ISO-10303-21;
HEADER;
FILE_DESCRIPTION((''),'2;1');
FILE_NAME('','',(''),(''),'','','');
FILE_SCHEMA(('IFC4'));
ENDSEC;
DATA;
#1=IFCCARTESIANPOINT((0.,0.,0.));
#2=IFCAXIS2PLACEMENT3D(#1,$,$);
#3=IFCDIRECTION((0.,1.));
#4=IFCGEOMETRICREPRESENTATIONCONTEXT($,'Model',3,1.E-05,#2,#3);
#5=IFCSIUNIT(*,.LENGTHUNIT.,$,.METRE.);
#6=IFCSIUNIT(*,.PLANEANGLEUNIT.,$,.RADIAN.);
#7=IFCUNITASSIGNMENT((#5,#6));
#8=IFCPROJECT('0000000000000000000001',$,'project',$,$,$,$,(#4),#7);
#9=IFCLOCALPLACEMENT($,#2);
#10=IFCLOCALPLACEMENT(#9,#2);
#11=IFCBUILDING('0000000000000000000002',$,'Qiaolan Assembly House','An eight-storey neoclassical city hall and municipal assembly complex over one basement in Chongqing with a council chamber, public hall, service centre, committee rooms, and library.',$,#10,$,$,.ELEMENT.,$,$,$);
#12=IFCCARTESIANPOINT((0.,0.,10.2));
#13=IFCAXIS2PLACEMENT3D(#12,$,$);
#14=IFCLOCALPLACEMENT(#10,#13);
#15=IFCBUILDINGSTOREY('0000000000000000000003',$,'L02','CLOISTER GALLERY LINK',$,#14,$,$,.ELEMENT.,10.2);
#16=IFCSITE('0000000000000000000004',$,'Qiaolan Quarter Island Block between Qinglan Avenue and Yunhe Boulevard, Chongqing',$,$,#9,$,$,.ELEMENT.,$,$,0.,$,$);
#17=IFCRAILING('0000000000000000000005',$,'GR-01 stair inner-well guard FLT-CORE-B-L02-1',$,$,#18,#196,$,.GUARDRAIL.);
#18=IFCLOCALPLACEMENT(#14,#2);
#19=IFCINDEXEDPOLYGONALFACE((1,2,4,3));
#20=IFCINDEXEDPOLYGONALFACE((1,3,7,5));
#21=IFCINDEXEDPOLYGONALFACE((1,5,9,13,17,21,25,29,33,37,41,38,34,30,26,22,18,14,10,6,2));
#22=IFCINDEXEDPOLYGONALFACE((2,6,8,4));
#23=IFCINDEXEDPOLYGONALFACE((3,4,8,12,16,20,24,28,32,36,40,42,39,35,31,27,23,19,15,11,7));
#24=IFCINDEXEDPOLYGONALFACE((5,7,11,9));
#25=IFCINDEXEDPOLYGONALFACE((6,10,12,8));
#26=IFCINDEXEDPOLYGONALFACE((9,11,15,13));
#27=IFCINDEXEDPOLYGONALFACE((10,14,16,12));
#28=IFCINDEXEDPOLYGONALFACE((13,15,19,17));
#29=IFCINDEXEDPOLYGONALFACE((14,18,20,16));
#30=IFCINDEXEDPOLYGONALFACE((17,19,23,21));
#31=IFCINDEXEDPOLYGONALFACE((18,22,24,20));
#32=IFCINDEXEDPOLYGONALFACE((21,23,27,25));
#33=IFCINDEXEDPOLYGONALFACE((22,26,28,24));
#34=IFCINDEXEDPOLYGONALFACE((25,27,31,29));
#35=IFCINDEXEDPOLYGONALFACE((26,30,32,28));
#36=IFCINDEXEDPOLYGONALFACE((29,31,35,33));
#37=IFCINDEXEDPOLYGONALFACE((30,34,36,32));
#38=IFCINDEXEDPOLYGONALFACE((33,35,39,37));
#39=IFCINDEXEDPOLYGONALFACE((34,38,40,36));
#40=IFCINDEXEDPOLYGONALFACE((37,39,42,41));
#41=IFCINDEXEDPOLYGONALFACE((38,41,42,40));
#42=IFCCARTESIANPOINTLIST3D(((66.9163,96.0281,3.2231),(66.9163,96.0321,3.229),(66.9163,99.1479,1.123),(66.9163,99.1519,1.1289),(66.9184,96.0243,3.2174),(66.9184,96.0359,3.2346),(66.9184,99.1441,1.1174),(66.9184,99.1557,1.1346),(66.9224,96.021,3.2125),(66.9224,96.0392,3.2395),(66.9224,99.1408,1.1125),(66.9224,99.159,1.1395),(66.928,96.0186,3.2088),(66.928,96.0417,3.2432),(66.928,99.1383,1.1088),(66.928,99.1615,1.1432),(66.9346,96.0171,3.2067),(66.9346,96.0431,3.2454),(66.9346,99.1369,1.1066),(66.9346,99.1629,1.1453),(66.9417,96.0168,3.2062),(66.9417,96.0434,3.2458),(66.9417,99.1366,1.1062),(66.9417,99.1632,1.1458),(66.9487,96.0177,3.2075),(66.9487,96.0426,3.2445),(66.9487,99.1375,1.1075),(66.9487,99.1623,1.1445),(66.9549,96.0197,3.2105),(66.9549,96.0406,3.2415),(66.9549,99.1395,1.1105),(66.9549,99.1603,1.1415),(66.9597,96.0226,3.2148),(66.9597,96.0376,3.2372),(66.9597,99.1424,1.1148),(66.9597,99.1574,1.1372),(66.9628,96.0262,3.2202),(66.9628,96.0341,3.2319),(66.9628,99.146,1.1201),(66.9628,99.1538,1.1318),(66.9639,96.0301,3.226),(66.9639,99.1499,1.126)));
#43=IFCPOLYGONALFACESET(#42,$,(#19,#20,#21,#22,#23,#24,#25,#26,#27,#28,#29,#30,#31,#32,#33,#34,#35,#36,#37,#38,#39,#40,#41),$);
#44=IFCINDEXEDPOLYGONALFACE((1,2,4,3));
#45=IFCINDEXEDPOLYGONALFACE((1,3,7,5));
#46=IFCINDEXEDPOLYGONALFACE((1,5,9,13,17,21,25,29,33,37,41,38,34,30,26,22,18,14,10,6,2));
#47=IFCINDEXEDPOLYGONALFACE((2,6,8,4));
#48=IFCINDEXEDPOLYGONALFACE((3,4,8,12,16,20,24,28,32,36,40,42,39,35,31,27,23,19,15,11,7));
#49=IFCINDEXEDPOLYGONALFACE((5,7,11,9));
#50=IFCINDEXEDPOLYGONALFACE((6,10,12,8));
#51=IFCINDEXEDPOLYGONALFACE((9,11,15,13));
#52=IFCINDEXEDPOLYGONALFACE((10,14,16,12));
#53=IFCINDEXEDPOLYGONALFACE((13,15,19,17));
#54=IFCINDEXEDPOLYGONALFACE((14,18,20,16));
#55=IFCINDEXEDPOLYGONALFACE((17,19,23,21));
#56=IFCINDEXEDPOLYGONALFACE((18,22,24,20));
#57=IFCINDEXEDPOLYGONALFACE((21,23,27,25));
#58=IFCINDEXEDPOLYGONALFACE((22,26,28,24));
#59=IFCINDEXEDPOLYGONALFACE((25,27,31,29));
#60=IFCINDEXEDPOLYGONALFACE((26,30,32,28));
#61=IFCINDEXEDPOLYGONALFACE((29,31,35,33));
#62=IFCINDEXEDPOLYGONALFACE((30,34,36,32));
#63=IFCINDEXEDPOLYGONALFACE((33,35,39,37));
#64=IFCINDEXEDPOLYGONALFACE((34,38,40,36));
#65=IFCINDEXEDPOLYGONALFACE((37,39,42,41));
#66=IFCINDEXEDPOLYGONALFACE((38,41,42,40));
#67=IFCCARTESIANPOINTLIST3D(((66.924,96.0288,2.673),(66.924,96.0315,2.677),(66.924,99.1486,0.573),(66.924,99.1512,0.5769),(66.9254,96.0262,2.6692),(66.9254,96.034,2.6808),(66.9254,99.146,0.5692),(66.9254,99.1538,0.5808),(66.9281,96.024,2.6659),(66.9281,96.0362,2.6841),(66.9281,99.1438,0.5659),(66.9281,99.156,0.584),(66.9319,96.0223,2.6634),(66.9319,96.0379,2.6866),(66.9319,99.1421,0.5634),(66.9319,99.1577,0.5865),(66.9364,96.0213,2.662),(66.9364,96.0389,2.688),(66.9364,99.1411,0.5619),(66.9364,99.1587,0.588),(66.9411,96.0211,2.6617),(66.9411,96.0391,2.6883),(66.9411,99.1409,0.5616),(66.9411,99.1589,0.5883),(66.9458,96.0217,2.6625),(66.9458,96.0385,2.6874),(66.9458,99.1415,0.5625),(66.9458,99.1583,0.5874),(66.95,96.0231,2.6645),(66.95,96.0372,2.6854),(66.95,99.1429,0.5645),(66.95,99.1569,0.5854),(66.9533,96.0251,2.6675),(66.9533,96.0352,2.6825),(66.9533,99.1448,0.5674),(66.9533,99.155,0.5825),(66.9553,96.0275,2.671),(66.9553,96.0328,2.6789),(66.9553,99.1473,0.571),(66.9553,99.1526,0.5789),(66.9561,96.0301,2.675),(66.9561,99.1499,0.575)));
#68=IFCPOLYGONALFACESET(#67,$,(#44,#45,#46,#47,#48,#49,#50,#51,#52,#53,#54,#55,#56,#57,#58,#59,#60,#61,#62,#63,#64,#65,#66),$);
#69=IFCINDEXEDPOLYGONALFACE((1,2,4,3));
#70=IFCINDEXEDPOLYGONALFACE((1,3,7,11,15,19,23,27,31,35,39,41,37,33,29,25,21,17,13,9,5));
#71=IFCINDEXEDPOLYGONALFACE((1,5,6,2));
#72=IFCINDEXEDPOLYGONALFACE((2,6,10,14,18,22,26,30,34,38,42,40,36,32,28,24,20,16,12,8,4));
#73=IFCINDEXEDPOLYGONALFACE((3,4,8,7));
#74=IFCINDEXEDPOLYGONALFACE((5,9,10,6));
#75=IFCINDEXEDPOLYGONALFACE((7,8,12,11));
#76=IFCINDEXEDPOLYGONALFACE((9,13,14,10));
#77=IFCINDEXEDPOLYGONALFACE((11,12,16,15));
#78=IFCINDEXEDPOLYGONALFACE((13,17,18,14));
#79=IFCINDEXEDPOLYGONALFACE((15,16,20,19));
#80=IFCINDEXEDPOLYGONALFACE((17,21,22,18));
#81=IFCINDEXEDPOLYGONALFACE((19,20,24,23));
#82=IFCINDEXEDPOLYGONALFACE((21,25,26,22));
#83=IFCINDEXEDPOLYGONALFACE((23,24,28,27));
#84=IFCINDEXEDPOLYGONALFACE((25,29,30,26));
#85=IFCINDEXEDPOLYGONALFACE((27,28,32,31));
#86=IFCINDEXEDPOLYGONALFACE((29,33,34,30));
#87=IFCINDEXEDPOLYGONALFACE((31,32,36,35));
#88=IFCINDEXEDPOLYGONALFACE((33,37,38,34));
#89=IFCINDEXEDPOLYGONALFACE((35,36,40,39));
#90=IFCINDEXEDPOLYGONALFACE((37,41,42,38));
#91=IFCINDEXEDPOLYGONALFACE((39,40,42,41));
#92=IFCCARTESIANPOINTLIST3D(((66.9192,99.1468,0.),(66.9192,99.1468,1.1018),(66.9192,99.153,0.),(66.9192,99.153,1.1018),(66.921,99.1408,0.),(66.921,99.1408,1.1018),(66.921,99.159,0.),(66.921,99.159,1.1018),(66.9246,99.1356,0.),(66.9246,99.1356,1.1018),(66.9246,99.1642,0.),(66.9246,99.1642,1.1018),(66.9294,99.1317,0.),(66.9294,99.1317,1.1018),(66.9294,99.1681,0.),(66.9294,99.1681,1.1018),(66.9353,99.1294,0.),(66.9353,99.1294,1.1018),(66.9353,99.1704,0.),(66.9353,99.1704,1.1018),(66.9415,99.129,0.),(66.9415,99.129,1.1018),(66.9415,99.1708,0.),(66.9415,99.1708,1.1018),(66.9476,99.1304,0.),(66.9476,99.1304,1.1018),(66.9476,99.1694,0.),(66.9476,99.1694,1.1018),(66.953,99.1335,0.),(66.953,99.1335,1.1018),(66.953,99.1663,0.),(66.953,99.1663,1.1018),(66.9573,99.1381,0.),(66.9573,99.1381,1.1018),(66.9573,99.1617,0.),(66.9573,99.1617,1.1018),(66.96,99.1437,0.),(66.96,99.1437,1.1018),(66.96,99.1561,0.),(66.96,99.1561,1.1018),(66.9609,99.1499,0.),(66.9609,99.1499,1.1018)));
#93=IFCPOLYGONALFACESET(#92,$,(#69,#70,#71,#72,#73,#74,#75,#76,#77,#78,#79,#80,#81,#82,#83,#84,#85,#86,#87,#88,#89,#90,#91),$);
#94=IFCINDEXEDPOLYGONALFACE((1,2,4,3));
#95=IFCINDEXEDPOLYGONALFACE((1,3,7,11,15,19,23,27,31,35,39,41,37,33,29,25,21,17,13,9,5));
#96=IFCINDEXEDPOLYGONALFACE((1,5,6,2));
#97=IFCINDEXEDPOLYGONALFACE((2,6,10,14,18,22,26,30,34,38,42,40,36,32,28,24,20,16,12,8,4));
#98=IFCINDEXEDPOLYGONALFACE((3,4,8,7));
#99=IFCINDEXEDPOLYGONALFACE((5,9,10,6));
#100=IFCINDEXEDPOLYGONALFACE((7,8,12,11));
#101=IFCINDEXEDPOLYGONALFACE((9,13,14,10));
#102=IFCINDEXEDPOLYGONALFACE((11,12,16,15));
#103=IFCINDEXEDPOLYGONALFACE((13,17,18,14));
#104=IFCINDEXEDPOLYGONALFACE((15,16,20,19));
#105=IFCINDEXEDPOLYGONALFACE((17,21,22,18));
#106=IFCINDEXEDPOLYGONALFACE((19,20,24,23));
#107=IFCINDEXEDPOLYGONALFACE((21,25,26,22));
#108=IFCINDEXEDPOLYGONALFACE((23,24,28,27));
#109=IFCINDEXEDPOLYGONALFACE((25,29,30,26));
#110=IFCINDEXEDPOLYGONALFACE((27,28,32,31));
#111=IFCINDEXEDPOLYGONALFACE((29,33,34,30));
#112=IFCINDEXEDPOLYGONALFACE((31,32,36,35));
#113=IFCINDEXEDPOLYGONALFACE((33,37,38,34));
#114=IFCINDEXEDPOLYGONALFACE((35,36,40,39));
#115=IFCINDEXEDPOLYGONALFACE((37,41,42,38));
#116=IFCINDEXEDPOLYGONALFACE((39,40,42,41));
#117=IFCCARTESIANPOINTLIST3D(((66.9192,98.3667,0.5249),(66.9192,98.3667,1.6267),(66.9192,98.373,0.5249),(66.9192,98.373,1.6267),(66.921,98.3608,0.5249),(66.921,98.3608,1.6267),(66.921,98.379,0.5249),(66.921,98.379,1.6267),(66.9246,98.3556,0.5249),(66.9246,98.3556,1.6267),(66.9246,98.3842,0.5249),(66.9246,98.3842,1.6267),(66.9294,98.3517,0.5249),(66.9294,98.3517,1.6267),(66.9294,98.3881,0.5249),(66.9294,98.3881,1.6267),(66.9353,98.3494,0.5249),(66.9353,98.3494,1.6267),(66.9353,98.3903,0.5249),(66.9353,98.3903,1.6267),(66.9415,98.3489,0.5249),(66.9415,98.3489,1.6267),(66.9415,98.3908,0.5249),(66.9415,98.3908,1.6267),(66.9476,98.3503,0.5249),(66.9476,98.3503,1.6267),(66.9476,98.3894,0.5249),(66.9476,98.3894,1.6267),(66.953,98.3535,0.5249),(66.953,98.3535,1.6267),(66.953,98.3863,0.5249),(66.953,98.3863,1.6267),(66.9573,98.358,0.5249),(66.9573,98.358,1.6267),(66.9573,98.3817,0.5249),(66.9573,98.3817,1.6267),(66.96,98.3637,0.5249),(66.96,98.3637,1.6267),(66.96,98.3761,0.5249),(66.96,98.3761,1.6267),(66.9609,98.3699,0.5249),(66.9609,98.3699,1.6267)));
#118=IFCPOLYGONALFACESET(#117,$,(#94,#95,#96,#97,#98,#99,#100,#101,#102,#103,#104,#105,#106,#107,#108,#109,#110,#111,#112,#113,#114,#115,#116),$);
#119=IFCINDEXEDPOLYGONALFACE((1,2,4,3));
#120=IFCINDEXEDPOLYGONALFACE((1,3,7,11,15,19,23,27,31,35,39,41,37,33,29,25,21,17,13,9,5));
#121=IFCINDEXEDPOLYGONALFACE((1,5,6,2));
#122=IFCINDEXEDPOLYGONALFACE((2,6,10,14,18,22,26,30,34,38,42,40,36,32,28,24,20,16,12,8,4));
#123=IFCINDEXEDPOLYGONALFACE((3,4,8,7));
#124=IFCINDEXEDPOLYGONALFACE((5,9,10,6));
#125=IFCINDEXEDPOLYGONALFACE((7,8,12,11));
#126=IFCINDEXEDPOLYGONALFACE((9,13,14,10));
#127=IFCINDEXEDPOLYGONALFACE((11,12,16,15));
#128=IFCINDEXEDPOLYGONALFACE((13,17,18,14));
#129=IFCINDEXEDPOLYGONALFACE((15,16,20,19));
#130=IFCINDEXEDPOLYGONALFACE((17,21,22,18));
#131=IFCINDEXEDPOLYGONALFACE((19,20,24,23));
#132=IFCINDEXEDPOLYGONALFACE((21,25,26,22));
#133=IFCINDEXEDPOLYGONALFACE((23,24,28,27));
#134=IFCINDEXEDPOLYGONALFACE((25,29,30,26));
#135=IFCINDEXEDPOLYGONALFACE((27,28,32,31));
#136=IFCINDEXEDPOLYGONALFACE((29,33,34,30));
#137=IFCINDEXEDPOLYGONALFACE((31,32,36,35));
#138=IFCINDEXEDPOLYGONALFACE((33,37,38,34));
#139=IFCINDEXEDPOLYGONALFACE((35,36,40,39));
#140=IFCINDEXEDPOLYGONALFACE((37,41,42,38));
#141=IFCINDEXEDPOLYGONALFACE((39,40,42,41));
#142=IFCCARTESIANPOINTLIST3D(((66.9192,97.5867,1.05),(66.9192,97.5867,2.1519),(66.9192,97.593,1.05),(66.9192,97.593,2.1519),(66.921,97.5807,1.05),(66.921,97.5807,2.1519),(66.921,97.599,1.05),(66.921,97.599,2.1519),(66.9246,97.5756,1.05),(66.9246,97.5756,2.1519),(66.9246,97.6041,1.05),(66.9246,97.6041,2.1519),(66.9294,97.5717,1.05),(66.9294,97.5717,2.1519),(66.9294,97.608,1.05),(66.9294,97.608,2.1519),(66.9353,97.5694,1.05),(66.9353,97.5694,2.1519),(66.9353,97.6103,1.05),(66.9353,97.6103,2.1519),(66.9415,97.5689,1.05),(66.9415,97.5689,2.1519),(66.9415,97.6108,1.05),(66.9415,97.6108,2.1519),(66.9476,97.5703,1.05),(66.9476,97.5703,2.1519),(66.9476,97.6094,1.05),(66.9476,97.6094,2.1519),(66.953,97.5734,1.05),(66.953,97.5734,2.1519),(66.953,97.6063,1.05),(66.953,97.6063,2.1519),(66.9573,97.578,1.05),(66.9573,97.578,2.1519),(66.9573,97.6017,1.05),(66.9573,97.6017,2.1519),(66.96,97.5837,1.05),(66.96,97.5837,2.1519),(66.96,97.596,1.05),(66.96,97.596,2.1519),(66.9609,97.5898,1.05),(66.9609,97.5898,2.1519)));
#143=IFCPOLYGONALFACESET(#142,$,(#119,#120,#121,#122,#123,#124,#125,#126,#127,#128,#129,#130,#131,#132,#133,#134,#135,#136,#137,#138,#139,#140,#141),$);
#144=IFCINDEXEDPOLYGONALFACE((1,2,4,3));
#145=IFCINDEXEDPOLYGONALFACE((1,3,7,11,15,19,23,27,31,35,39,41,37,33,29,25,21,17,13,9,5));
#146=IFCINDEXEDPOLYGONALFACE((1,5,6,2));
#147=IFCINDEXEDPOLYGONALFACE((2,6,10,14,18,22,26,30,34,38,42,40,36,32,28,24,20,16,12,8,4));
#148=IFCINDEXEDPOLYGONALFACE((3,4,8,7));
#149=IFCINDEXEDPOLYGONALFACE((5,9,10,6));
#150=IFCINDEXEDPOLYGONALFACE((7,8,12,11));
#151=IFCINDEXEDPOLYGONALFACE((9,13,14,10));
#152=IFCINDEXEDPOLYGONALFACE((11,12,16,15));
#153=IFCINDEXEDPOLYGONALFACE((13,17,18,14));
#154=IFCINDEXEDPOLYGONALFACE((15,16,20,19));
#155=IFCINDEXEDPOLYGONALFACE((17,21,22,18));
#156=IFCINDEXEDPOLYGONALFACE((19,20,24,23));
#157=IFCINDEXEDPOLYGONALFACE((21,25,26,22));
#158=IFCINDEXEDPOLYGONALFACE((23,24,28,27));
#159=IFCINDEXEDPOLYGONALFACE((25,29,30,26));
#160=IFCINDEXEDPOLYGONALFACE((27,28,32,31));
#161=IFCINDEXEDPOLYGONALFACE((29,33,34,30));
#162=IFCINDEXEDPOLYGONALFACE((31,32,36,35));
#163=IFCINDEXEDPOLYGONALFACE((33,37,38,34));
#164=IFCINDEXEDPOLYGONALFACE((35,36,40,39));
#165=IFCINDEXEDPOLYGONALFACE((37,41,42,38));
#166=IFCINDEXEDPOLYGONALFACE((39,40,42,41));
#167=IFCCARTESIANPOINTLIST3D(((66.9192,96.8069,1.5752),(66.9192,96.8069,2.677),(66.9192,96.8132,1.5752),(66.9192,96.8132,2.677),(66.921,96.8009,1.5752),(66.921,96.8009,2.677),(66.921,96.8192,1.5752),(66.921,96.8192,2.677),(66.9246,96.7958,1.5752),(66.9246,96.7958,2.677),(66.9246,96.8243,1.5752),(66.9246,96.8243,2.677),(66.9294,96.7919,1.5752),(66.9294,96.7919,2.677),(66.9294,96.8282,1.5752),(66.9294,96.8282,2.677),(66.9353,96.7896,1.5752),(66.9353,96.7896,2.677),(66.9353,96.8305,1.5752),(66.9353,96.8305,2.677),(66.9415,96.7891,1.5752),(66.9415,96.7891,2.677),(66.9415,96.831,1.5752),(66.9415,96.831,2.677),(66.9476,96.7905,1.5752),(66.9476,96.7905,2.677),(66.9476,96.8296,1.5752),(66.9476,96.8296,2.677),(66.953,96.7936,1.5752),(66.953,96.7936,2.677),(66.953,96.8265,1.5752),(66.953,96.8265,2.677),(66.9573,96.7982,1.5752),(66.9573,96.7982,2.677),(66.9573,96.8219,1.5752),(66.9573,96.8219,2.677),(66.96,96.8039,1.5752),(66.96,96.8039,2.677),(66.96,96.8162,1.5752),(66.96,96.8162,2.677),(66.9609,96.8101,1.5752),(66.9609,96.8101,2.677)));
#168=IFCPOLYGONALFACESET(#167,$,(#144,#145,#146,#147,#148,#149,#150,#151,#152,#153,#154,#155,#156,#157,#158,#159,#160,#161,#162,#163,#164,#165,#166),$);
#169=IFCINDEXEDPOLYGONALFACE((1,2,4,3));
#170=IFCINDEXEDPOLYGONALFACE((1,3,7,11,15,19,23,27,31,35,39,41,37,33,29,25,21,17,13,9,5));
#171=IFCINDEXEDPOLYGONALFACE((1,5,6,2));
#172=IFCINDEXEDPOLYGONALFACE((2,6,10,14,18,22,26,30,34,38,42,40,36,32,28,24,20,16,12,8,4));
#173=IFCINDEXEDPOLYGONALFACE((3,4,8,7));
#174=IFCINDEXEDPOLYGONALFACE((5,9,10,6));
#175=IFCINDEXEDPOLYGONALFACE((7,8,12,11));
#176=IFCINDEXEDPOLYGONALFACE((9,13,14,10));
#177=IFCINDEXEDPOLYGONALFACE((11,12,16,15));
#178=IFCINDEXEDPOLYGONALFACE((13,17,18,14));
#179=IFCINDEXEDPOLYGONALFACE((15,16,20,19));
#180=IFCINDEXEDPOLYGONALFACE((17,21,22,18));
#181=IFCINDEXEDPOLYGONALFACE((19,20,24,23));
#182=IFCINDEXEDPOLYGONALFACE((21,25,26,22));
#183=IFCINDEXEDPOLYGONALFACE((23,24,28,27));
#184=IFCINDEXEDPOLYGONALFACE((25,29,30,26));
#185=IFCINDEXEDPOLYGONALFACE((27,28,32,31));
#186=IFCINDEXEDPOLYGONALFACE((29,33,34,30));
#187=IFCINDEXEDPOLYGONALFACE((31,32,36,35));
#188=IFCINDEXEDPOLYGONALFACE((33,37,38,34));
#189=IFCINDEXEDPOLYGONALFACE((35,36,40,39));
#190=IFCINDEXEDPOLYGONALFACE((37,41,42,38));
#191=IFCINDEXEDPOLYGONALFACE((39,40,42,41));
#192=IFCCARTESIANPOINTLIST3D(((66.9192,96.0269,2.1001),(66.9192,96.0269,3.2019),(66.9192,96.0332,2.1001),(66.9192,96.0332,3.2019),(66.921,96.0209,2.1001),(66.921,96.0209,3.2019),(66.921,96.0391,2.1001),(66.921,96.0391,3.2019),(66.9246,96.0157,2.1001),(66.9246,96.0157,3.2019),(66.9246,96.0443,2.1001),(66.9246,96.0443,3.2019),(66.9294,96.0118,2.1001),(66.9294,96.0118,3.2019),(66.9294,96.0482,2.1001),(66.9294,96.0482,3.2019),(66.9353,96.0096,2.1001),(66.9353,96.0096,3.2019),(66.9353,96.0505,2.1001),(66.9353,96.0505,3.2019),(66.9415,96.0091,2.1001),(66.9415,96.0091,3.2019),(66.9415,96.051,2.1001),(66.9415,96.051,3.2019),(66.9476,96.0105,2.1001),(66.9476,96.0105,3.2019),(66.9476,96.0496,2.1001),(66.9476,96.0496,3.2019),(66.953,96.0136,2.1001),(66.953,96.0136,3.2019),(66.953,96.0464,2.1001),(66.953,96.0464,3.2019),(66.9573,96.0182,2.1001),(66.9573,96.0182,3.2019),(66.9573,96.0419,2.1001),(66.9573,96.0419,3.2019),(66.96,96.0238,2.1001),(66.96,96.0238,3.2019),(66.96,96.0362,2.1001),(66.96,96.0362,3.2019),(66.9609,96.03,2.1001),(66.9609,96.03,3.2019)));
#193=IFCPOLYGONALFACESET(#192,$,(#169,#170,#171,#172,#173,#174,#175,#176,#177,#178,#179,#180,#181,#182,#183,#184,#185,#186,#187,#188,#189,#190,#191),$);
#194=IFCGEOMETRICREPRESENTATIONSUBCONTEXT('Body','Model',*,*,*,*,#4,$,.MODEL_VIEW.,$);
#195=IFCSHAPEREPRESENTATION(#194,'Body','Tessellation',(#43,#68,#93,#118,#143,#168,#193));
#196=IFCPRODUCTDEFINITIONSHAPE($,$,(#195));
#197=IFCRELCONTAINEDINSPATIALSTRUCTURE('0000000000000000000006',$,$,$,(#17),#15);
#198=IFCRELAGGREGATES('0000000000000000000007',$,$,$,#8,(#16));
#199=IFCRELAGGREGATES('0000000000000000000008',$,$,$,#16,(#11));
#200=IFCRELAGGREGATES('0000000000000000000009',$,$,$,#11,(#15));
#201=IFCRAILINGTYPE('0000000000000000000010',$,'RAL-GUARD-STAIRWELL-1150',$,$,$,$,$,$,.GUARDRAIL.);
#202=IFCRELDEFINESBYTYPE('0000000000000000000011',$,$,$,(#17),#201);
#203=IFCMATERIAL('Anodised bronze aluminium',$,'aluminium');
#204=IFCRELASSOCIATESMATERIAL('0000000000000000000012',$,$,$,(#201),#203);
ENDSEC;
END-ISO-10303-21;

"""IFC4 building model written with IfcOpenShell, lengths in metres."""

from ifc_helpers import new_model, si_unit, direction, frame, origin, origin_2d, place, context, subcontext, project, spatial, circle, extrude, material, type_object, element, save


model = new_model("IFC4")

# Units and contexts
model_context = context("Model", 3, precision=1e-05, world=origin(), true_north=direction((0.0, 1.0)))
body_context = subcontext(model_context, "Body", "Model", "MODEL_VIEW")
ifc_project = project(units=[si_unit("LENGTHUNIT", "METRE"), si_unit("PLANEANGLEUNIT", "RADIAN")], contexts=[model_context])

# Site, building, storey
site_placement = place(None, origin())
site = spatial("IfcSite", under=ifc_project, at=site_placement, Name="Qiaolan Quarter Island Block between Qinglan Avenue and Yunhe Boulevard, Chongqing", CompositionType="ELEMENT", RefElevation=0.0)
building_placement = place(site_placement, origin())
building = spatial("IfcBuilding", under=site, at=building_placement, Name="Qiaolan Assembly House", Description="An eight-storey neoclassical city hall and municipal assembly complex over one basement in Chongqing with a council chamber, public hall, service centre, committee rooms, and library.", CompositionType="ELEMENT")
storey_placement = place(building_placement, frame((0.0, 0.0, 10.2)))
storey = spatial("IfcBuildingStorey", under=building, at=storey_placement, Name="L02", Description="CLOISTER GALLERY LINK", CompositionType="ELEMENT", Elevation=10.2)

# Railing
ifc_material_1 = material(Name="Anodised bronze aluminium", Category="aluminium")
railing_type_1 = type_object("IfcRailingType", Name="RAL-GUARD-STAIRWELL-1150", PredefinedType="GUARDRAIL", material=ifc_material_1)
railing_1_placement = place(storey_placement, frame((66.9399, 99.1499, 0.0)))
element("IfcRailing", 1, at=railing_1_placement, inside=storey, type_object=railing_type_1, Name="GR-01 stair inner-well guard FLT-CORE-B-L02-1", PredefinedType="GUARDRAIL", context=body_context, shape_type="SweptSolid", body=[
    extrude(circle(Radius=0.0239, at=origin_2d()), frame((0.0, 0.0, 1.126), z_axis=(0.0, -0.829565, 0.55841), x_axis=(1.0, 0.0, 0.0)), (0.0, 0.0, 1.0), 3.7607),
    extrude(circle(Radius=0.0161, at=origin_2d()), frame((0.0, 0.0, 0.575), z_axis=(0.0, -0.829565, 0.55841), x_axis=(1.0, 0.0, 0.0)), (0.0, 0.0, 1.0), 3.7607),
    extrude(circle(Radius=0.021, at=origin_2d()), origin(), (0.0, 0.0, 1.0), 1.1018),
    extrude(circle(Radius=0.021, at=origin_2d()), frame((0.0, -0.78, 0.5249)), (0.0, 0.0, 1.0), 1.1018),
    extrude(circle(Radius=0.021, at=origin_2d()), frame((0.0, -1.5601, 1.05)), (0.0, 0.0, 1.0), 1.1018),
    extrude(circle(Radius=0.021, at=origin_2d()), frame((0.0, -2.3398, 1.5752)), (0.0, 0.0, 1.0), 1.1018),
    extrude(circle(Radius=0.021, at=origin_2d()), frame((0.0, -3.1199, 2.1001)), (0.0, 0.0, 1.0), 1.1018),
])

save(model, "model.ifc")
